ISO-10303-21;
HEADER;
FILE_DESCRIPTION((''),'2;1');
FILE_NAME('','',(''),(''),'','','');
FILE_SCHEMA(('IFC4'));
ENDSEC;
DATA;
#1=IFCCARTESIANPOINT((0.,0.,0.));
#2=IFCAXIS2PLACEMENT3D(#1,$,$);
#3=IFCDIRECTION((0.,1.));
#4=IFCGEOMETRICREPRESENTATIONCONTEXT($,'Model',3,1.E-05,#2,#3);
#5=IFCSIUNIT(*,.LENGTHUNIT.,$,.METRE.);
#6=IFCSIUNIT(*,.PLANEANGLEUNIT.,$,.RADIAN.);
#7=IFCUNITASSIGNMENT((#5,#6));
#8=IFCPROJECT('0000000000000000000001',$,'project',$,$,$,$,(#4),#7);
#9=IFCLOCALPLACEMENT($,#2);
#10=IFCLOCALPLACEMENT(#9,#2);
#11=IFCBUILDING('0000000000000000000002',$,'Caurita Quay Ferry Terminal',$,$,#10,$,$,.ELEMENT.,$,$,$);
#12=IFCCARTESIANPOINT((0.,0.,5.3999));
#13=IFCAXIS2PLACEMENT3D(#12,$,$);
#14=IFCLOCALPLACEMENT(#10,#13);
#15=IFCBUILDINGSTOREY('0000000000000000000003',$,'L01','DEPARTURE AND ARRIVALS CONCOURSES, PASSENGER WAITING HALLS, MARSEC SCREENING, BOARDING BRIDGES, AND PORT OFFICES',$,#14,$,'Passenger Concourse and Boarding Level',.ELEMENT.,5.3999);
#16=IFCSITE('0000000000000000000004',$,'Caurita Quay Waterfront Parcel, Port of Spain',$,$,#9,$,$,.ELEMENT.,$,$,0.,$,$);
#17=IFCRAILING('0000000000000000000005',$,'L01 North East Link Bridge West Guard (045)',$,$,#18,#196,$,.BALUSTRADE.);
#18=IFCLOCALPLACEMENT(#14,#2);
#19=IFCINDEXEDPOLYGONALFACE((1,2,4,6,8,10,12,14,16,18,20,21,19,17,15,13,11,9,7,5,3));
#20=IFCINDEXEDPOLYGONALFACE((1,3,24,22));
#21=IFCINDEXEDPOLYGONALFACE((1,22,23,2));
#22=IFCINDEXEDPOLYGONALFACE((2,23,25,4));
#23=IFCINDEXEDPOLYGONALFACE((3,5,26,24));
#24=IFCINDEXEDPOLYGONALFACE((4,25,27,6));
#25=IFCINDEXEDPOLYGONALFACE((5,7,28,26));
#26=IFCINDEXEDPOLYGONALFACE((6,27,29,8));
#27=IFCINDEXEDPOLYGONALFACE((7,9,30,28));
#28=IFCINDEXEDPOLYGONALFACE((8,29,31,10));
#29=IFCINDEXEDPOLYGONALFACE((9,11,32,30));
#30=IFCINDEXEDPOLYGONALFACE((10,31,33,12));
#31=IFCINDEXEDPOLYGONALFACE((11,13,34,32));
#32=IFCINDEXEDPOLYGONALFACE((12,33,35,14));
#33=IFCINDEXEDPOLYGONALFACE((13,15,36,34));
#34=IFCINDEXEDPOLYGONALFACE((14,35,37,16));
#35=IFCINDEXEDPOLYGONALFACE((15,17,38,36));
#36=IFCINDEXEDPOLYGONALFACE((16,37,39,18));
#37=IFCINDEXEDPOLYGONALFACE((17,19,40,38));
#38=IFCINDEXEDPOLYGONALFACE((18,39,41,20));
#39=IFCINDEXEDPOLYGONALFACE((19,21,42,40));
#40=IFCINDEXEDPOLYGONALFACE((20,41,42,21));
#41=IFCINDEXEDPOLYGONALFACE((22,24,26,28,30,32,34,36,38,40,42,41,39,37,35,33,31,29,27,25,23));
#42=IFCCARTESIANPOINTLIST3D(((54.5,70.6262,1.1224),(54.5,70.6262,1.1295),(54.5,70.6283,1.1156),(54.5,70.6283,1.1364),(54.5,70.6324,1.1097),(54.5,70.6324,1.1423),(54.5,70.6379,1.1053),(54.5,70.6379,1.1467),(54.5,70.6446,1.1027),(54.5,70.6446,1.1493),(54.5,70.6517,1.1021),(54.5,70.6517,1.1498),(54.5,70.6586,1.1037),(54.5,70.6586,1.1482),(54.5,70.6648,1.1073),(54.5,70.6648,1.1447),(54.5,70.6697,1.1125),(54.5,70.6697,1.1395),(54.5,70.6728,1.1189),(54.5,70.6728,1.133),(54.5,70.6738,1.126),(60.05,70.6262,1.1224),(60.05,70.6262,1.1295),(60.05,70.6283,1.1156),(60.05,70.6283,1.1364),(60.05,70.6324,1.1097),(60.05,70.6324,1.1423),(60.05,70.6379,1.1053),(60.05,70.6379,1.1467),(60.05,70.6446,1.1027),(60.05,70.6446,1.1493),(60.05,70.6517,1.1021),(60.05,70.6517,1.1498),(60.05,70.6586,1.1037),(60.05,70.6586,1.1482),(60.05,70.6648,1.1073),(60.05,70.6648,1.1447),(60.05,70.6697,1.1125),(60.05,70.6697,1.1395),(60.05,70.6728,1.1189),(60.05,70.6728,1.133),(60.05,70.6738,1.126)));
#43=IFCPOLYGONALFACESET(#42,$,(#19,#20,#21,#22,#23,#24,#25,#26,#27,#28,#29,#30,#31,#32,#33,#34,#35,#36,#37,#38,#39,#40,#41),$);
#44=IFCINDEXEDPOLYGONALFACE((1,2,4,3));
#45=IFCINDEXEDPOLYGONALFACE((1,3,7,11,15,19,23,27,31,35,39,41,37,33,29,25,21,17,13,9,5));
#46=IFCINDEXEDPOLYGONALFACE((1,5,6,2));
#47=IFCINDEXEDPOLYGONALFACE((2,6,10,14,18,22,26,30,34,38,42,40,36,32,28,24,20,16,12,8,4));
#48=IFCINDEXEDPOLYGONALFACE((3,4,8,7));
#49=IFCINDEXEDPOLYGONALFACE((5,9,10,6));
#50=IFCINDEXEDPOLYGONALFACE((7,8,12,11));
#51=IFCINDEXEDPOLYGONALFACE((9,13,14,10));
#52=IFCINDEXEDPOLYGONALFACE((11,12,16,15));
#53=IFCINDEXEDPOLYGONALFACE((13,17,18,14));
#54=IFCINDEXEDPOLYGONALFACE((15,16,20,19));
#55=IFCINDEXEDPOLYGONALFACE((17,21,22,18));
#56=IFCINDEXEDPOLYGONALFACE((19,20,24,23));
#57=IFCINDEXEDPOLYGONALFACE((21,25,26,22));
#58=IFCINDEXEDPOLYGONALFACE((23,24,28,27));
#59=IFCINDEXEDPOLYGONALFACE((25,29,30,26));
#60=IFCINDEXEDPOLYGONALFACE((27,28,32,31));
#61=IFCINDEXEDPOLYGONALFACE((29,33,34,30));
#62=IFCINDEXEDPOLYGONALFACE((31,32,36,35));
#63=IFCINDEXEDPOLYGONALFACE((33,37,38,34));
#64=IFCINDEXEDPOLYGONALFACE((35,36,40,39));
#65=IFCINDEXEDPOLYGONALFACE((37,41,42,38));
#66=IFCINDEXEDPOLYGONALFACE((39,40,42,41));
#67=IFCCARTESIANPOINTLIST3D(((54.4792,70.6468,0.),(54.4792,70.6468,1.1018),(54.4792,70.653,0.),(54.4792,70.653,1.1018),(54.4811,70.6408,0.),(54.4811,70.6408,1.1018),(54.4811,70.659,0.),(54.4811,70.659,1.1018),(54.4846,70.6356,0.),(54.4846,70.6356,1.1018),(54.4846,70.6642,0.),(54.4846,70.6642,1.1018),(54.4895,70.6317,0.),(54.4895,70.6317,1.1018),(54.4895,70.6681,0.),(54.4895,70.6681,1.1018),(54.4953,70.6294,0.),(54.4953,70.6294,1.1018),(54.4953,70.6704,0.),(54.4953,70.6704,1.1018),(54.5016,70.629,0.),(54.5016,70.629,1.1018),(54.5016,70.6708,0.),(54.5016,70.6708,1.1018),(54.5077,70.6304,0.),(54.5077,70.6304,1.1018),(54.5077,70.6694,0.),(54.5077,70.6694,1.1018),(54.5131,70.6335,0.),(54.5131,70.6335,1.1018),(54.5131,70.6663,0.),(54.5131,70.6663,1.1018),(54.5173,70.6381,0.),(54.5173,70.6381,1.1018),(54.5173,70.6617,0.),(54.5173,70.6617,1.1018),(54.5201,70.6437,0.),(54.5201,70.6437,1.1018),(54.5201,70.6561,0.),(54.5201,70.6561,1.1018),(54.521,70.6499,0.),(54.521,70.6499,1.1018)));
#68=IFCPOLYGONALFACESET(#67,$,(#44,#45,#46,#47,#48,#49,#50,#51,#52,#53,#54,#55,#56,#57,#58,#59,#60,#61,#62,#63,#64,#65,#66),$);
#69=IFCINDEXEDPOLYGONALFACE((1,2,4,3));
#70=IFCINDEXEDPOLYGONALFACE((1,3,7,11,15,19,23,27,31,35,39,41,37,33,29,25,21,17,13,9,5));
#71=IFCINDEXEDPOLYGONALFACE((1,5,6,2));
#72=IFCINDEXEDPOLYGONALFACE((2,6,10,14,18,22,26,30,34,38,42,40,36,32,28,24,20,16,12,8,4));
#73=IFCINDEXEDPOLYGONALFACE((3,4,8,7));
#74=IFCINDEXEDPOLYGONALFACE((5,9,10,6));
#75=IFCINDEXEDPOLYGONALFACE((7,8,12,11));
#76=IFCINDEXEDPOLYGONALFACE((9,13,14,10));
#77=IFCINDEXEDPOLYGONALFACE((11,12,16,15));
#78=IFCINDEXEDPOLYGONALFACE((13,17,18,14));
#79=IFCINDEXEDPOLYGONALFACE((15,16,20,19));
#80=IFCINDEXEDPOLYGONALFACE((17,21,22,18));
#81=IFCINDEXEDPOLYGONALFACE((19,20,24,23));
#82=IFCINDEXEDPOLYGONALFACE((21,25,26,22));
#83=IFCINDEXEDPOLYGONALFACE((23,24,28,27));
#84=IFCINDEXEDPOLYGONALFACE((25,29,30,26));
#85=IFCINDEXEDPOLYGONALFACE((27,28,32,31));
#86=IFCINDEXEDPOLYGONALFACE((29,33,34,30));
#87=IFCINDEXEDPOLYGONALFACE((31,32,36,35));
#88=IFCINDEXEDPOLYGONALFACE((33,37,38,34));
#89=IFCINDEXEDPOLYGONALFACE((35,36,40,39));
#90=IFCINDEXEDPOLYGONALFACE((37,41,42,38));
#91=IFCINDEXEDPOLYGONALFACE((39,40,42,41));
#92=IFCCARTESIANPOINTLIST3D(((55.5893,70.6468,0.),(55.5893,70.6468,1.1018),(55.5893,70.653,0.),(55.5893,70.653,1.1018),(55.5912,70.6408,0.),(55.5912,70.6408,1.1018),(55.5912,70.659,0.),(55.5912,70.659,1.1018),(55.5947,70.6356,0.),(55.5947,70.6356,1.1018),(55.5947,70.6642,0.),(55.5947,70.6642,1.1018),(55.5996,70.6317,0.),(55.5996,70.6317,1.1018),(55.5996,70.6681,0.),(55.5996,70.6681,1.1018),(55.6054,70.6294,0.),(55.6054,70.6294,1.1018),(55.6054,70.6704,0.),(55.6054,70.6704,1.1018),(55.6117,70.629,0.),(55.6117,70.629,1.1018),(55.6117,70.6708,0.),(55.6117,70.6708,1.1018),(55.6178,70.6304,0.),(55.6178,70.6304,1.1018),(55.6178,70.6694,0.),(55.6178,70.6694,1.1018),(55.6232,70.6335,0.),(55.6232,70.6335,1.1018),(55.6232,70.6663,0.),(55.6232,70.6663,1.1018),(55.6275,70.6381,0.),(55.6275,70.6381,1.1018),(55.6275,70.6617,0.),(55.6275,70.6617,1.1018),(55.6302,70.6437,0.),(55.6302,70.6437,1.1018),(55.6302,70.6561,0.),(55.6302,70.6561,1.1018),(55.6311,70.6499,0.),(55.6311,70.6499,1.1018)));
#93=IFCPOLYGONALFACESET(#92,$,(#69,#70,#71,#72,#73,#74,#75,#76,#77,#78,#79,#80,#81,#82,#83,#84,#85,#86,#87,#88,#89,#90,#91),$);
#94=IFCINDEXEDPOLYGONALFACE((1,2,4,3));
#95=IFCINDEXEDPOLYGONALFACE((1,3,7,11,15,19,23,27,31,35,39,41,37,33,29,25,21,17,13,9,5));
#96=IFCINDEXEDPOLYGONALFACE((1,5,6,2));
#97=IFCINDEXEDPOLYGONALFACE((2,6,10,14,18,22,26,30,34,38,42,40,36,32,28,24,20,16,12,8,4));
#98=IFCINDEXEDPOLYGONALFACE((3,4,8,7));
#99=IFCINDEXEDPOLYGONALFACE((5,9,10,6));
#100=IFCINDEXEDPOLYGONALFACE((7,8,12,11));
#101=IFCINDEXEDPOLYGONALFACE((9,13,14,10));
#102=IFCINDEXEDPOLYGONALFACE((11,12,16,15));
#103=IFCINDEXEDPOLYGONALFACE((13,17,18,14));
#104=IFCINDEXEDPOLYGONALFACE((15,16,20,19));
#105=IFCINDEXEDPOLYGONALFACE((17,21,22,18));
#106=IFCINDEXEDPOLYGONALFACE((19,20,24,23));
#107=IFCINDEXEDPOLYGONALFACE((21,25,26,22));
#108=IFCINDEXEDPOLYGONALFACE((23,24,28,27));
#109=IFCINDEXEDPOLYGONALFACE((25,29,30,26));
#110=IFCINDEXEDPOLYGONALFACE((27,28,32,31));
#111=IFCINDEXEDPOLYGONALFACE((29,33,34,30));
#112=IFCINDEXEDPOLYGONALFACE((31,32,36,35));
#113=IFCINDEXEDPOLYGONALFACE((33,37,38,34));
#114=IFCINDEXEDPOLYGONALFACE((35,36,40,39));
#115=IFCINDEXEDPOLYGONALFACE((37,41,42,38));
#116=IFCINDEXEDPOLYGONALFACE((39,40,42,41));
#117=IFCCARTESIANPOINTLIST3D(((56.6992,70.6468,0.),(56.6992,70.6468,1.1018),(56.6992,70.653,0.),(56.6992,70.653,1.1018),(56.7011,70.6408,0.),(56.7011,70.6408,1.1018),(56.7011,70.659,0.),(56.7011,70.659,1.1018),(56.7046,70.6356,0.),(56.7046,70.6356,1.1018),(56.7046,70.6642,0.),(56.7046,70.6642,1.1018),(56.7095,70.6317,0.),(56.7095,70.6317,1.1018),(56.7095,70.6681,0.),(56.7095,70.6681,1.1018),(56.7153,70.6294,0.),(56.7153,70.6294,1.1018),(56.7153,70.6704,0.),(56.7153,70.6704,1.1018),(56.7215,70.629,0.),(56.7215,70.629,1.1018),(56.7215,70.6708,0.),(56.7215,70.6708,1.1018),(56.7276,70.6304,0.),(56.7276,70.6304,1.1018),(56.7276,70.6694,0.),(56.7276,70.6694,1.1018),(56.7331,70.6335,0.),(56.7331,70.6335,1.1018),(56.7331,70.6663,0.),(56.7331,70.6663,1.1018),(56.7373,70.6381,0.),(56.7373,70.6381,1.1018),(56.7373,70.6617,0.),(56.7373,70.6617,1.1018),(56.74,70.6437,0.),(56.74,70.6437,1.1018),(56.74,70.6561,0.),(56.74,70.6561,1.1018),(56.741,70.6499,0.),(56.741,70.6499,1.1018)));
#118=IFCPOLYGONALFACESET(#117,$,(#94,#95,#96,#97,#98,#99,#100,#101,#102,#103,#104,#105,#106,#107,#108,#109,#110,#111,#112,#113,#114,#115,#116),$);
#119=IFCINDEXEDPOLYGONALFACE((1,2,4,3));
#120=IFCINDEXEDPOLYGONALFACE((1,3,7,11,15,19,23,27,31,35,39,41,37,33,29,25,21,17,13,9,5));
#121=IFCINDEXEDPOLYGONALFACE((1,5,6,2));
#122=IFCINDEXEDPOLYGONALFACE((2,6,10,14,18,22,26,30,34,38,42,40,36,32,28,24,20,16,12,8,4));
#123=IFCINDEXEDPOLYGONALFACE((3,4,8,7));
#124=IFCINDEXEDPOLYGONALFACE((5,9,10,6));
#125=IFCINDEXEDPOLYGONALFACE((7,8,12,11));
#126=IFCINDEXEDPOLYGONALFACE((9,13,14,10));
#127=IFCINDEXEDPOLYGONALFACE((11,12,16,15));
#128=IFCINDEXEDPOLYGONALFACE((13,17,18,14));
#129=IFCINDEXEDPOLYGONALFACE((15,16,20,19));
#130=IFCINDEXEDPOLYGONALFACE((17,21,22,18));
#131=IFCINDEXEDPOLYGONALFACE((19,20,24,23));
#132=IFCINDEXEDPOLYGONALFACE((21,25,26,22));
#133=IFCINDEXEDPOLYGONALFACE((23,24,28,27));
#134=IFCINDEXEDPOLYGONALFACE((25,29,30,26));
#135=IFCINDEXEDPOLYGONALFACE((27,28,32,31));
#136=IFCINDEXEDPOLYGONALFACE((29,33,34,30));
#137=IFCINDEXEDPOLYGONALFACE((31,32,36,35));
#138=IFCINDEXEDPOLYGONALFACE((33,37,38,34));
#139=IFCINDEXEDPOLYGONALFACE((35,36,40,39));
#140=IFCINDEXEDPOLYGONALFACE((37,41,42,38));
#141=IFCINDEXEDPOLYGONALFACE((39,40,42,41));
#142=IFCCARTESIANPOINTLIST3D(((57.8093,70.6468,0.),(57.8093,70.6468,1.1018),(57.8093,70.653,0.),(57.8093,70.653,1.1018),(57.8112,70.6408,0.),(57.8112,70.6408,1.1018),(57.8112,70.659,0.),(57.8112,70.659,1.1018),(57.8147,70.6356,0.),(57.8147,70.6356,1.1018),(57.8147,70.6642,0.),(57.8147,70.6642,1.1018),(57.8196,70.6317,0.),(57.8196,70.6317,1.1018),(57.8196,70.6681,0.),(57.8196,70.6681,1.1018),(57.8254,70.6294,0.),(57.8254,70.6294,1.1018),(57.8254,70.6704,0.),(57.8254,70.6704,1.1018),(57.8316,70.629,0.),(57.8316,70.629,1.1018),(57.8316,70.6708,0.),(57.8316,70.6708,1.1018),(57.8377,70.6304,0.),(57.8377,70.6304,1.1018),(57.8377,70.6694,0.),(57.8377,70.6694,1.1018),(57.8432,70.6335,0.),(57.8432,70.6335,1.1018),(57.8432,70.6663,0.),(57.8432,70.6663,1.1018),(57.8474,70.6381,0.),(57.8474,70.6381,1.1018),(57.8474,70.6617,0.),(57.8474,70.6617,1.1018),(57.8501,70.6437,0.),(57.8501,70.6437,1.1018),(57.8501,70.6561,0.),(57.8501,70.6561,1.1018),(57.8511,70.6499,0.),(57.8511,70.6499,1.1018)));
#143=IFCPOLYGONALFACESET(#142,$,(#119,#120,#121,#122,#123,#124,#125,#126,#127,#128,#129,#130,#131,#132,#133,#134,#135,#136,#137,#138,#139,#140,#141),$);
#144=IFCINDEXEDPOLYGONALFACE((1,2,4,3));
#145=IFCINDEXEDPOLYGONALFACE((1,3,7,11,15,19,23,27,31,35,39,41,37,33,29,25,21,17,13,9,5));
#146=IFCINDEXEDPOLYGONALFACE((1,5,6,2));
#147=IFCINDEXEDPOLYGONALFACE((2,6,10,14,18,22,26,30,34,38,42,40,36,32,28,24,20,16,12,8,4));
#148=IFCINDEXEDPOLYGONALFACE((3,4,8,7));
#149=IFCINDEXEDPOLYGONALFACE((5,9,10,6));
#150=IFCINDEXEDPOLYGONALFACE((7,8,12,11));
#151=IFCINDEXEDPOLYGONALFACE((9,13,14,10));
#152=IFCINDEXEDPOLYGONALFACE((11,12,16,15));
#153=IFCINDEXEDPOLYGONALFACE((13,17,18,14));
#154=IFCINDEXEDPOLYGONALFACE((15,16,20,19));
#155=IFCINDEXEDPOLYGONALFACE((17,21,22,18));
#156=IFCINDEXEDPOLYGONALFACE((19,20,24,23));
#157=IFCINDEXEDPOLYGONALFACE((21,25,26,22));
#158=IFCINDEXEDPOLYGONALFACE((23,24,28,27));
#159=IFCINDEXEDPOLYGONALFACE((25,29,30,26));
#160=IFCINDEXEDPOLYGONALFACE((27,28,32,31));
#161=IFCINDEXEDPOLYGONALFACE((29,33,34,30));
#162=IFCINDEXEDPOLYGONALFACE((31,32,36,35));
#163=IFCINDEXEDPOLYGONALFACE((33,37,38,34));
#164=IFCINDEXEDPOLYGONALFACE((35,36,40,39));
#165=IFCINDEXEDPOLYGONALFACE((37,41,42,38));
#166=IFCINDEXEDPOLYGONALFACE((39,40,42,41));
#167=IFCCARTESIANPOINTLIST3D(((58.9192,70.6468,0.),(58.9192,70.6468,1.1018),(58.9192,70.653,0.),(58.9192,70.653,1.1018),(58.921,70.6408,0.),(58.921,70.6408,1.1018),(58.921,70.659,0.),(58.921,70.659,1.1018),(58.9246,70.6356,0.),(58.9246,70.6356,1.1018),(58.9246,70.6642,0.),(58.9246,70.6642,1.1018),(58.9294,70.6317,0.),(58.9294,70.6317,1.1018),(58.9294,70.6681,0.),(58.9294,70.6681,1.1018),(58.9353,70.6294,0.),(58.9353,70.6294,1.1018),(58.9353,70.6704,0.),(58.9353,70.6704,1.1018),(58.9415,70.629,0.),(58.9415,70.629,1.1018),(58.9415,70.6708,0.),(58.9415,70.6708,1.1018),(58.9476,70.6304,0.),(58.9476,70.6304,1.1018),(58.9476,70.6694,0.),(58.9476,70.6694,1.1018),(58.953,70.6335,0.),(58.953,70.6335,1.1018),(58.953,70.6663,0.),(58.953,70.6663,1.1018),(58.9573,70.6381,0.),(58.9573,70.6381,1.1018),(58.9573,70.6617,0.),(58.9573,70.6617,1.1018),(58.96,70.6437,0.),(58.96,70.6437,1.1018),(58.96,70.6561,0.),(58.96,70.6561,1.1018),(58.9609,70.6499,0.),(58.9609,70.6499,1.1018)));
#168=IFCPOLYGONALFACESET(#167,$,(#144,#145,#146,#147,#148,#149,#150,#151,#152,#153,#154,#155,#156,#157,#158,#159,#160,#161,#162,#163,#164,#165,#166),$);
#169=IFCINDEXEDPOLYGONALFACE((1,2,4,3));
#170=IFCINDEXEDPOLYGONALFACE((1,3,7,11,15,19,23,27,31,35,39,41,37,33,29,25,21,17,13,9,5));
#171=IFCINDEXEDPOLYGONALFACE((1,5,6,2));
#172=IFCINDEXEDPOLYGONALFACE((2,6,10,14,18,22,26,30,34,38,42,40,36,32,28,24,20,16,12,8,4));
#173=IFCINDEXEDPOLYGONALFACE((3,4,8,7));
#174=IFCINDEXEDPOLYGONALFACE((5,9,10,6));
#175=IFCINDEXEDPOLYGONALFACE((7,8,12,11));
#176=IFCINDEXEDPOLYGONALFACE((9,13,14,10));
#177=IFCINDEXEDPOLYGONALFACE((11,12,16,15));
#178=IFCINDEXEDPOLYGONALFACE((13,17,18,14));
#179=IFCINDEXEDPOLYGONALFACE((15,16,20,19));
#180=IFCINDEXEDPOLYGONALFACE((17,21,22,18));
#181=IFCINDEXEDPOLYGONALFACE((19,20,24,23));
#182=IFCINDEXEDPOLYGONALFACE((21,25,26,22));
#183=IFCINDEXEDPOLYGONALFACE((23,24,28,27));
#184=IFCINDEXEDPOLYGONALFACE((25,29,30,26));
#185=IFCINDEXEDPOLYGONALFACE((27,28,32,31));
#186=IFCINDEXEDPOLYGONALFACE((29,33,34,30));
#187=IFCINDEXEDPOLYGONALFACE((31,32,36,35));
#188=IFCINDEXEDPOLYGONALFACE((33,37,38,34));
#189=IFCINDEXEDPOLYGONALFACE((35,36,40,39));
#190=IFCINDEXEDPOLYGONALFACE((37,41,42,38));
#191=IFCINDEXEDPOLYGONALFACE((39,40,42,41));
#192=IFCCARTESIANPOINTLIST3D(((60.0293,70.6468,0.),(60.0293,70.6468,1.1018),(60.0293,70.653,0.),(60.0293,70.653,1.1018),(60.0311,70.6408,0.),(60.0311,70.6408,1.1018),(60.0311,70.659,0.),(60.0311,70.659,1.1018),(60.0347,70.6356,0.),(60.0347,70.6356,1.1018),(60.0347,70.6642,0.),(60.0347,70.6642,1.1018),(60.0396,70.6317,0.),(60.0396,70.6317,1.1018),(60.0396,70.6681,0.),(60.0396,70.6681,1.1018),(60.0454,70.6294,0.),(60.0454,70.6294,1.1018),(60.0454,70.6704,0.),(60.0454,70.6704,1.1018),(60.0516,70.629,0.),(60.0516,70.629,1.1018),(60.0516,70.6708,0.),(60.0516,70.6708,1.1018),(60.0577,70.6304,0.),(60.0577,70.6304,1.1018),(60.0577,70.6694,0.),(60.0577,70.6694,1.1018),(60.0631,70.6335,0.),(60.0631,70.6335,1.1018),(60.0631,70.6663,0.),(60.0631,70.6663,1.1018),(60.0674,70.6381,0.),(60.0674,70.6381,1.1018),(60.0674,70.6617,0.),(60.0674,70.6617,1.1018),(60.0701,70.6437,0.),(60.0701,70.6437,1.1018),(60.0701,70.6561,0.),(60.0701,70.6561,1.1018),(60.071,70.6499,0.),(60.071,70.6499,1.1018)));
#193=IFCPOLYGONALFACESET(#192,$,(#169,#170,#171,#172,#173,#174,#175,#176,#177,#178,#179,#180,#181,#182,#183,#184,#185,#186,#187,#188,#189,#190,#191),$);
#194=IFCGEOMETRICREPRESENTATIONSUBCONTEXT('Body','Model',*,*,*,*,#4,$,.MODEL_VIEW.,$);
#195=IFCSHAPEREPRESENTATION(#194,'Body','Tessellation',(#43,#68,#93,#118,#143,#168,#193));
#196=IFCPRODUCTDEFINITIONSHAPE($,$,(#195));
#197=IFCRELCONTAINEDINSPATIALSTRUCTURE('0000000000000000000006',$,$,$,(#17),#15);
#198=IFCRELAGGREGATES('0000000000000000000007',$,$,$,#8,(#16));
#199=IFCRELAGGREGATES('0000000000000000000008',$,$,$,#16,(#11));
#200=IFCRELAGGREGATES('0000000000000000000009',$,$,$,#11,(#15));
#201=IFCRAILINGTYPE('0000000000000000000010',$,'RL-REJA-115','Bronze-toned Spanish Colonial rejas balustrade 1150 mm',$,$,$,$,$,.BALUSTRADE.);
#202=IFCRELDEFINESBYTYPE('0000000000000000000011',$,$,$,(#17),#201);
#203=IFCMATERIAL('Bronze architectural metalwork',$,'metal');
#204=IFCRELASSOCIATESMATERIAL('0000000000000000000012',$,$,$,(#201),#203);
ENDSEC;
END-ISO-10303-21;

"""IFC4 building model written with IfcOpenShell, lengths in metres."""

from ifc_helpers import new_model, si_unit, direction, frame, origin, origin_2d, place, context, subcontext, project, spatial, circle, extrude, material, type_object, element, save


model = new_model("IFC4")

# Units and contexts
model_context = context("Model", 3, precision=1e-05, world=origin(), true_north=direction((0.0, 1.0)))
body_context = subcontext(model_context, "Body", "Model", "MODEL_VIEW")
ifc_project = project(units=[si_unit("LENGTHUNIT", "METRE"), si_unit("PLANEANGLEUNIT", "RADIAN")], contexts=[model_context])

# Site, building, storey
site_placement = place(None, origin())
site = spatial("IfcSite", under=ifc_project, at=site_placement, Name="Caurita Quay Waterfront Parcel, Port of Spain", CompositionType="ELEMENT", RefElevation=0.0)
building_placement = place(site_placement, origin())
building = spatial("IfcBuilding", under=site, at=building_placement, Name="Caurita Quay Ferry Terminal", CompositionType="ELEMENT")
storey_placement = place(building_placement, frame((0.0, 0.0, 5.3999)))
storey = spatial("IfcBuildingStorey", under=building, at=storey_placement, Name="L01", Description="DEPARTURE AND ARRIVALS CONCOURSES, PASSENGER WAITING HALLS, MARSEC SCREENING, BOARDING BRIDGES, AND PORT OFFICES", LongName="Passenger Concourse and Boarding Level", CompositionType="ELEMENT", Elevation=5.3999)

# Railing
ifc_material_1 = material(Name="Bronze architectural metalwork", Category="metal")
railing_type = type_object("IfcRailingType", Name="RL-REJA-115", Description="Bronze-toned Spanish Colonial rejas balustrade 1150 mm", PredefinedType="BALUSTRADE", material=ifc_material_1)
railing_placement = place(storey_placement, frame((54.5, 70.6499, 0.0)))
element("IfcRailing", 1, at=railing_placement, inside=storey, type_object=railing_type, Name="L01 North East Link Bridge West Guard (045)", PredefinedType="BALUSTRADE", context=body_context, shape_type="SweptSolid", body=[
    extrude(circle(Radius=0.0239, at=origin_2d()), frame((0.0, 0.0, 1.126), z_axis=(1.0, 0.0, 0.0), x_axis=(0.0, 1.0, 0.0)), (0.0, 0.0, 1.0), 5.55),
    extrude(circle(Radius=0.021, at=origin_2d()), origin(), (0.0, 0.0, 1.0), 1.1018),
    extrude(circle(Radius=0.021, at=origin_2d()), frame((1.1101, 0.0, 0.0)), (0.0, 0.0, 1.0), 1.1018),
    extrude(circle(Radius=0.021, at=origin_2d()), frame((2.22, 0.0, 0.0)), (0.0, 0.0, 1.0), 1.1018),
    extrude(circle(Radius=0.021, at=origin_2d()), frame((3.3301, 0.0, 0.0)), (0.0, 0.0, 1.0), 1.1018),
    extrude(circle(Radius=0.021, at=origin_2d()), frame((4.4399, 0.0, 0.0)), (0.0, 0.0, 1.0), 1.1018),
    extrude(circle(Radius=0.021, at=origin_2d()), frame((5.55, 0.0, 0.0)), (0.0, 0.0, 1.0), 1.1018),
])

save(model, "model.ifc")
